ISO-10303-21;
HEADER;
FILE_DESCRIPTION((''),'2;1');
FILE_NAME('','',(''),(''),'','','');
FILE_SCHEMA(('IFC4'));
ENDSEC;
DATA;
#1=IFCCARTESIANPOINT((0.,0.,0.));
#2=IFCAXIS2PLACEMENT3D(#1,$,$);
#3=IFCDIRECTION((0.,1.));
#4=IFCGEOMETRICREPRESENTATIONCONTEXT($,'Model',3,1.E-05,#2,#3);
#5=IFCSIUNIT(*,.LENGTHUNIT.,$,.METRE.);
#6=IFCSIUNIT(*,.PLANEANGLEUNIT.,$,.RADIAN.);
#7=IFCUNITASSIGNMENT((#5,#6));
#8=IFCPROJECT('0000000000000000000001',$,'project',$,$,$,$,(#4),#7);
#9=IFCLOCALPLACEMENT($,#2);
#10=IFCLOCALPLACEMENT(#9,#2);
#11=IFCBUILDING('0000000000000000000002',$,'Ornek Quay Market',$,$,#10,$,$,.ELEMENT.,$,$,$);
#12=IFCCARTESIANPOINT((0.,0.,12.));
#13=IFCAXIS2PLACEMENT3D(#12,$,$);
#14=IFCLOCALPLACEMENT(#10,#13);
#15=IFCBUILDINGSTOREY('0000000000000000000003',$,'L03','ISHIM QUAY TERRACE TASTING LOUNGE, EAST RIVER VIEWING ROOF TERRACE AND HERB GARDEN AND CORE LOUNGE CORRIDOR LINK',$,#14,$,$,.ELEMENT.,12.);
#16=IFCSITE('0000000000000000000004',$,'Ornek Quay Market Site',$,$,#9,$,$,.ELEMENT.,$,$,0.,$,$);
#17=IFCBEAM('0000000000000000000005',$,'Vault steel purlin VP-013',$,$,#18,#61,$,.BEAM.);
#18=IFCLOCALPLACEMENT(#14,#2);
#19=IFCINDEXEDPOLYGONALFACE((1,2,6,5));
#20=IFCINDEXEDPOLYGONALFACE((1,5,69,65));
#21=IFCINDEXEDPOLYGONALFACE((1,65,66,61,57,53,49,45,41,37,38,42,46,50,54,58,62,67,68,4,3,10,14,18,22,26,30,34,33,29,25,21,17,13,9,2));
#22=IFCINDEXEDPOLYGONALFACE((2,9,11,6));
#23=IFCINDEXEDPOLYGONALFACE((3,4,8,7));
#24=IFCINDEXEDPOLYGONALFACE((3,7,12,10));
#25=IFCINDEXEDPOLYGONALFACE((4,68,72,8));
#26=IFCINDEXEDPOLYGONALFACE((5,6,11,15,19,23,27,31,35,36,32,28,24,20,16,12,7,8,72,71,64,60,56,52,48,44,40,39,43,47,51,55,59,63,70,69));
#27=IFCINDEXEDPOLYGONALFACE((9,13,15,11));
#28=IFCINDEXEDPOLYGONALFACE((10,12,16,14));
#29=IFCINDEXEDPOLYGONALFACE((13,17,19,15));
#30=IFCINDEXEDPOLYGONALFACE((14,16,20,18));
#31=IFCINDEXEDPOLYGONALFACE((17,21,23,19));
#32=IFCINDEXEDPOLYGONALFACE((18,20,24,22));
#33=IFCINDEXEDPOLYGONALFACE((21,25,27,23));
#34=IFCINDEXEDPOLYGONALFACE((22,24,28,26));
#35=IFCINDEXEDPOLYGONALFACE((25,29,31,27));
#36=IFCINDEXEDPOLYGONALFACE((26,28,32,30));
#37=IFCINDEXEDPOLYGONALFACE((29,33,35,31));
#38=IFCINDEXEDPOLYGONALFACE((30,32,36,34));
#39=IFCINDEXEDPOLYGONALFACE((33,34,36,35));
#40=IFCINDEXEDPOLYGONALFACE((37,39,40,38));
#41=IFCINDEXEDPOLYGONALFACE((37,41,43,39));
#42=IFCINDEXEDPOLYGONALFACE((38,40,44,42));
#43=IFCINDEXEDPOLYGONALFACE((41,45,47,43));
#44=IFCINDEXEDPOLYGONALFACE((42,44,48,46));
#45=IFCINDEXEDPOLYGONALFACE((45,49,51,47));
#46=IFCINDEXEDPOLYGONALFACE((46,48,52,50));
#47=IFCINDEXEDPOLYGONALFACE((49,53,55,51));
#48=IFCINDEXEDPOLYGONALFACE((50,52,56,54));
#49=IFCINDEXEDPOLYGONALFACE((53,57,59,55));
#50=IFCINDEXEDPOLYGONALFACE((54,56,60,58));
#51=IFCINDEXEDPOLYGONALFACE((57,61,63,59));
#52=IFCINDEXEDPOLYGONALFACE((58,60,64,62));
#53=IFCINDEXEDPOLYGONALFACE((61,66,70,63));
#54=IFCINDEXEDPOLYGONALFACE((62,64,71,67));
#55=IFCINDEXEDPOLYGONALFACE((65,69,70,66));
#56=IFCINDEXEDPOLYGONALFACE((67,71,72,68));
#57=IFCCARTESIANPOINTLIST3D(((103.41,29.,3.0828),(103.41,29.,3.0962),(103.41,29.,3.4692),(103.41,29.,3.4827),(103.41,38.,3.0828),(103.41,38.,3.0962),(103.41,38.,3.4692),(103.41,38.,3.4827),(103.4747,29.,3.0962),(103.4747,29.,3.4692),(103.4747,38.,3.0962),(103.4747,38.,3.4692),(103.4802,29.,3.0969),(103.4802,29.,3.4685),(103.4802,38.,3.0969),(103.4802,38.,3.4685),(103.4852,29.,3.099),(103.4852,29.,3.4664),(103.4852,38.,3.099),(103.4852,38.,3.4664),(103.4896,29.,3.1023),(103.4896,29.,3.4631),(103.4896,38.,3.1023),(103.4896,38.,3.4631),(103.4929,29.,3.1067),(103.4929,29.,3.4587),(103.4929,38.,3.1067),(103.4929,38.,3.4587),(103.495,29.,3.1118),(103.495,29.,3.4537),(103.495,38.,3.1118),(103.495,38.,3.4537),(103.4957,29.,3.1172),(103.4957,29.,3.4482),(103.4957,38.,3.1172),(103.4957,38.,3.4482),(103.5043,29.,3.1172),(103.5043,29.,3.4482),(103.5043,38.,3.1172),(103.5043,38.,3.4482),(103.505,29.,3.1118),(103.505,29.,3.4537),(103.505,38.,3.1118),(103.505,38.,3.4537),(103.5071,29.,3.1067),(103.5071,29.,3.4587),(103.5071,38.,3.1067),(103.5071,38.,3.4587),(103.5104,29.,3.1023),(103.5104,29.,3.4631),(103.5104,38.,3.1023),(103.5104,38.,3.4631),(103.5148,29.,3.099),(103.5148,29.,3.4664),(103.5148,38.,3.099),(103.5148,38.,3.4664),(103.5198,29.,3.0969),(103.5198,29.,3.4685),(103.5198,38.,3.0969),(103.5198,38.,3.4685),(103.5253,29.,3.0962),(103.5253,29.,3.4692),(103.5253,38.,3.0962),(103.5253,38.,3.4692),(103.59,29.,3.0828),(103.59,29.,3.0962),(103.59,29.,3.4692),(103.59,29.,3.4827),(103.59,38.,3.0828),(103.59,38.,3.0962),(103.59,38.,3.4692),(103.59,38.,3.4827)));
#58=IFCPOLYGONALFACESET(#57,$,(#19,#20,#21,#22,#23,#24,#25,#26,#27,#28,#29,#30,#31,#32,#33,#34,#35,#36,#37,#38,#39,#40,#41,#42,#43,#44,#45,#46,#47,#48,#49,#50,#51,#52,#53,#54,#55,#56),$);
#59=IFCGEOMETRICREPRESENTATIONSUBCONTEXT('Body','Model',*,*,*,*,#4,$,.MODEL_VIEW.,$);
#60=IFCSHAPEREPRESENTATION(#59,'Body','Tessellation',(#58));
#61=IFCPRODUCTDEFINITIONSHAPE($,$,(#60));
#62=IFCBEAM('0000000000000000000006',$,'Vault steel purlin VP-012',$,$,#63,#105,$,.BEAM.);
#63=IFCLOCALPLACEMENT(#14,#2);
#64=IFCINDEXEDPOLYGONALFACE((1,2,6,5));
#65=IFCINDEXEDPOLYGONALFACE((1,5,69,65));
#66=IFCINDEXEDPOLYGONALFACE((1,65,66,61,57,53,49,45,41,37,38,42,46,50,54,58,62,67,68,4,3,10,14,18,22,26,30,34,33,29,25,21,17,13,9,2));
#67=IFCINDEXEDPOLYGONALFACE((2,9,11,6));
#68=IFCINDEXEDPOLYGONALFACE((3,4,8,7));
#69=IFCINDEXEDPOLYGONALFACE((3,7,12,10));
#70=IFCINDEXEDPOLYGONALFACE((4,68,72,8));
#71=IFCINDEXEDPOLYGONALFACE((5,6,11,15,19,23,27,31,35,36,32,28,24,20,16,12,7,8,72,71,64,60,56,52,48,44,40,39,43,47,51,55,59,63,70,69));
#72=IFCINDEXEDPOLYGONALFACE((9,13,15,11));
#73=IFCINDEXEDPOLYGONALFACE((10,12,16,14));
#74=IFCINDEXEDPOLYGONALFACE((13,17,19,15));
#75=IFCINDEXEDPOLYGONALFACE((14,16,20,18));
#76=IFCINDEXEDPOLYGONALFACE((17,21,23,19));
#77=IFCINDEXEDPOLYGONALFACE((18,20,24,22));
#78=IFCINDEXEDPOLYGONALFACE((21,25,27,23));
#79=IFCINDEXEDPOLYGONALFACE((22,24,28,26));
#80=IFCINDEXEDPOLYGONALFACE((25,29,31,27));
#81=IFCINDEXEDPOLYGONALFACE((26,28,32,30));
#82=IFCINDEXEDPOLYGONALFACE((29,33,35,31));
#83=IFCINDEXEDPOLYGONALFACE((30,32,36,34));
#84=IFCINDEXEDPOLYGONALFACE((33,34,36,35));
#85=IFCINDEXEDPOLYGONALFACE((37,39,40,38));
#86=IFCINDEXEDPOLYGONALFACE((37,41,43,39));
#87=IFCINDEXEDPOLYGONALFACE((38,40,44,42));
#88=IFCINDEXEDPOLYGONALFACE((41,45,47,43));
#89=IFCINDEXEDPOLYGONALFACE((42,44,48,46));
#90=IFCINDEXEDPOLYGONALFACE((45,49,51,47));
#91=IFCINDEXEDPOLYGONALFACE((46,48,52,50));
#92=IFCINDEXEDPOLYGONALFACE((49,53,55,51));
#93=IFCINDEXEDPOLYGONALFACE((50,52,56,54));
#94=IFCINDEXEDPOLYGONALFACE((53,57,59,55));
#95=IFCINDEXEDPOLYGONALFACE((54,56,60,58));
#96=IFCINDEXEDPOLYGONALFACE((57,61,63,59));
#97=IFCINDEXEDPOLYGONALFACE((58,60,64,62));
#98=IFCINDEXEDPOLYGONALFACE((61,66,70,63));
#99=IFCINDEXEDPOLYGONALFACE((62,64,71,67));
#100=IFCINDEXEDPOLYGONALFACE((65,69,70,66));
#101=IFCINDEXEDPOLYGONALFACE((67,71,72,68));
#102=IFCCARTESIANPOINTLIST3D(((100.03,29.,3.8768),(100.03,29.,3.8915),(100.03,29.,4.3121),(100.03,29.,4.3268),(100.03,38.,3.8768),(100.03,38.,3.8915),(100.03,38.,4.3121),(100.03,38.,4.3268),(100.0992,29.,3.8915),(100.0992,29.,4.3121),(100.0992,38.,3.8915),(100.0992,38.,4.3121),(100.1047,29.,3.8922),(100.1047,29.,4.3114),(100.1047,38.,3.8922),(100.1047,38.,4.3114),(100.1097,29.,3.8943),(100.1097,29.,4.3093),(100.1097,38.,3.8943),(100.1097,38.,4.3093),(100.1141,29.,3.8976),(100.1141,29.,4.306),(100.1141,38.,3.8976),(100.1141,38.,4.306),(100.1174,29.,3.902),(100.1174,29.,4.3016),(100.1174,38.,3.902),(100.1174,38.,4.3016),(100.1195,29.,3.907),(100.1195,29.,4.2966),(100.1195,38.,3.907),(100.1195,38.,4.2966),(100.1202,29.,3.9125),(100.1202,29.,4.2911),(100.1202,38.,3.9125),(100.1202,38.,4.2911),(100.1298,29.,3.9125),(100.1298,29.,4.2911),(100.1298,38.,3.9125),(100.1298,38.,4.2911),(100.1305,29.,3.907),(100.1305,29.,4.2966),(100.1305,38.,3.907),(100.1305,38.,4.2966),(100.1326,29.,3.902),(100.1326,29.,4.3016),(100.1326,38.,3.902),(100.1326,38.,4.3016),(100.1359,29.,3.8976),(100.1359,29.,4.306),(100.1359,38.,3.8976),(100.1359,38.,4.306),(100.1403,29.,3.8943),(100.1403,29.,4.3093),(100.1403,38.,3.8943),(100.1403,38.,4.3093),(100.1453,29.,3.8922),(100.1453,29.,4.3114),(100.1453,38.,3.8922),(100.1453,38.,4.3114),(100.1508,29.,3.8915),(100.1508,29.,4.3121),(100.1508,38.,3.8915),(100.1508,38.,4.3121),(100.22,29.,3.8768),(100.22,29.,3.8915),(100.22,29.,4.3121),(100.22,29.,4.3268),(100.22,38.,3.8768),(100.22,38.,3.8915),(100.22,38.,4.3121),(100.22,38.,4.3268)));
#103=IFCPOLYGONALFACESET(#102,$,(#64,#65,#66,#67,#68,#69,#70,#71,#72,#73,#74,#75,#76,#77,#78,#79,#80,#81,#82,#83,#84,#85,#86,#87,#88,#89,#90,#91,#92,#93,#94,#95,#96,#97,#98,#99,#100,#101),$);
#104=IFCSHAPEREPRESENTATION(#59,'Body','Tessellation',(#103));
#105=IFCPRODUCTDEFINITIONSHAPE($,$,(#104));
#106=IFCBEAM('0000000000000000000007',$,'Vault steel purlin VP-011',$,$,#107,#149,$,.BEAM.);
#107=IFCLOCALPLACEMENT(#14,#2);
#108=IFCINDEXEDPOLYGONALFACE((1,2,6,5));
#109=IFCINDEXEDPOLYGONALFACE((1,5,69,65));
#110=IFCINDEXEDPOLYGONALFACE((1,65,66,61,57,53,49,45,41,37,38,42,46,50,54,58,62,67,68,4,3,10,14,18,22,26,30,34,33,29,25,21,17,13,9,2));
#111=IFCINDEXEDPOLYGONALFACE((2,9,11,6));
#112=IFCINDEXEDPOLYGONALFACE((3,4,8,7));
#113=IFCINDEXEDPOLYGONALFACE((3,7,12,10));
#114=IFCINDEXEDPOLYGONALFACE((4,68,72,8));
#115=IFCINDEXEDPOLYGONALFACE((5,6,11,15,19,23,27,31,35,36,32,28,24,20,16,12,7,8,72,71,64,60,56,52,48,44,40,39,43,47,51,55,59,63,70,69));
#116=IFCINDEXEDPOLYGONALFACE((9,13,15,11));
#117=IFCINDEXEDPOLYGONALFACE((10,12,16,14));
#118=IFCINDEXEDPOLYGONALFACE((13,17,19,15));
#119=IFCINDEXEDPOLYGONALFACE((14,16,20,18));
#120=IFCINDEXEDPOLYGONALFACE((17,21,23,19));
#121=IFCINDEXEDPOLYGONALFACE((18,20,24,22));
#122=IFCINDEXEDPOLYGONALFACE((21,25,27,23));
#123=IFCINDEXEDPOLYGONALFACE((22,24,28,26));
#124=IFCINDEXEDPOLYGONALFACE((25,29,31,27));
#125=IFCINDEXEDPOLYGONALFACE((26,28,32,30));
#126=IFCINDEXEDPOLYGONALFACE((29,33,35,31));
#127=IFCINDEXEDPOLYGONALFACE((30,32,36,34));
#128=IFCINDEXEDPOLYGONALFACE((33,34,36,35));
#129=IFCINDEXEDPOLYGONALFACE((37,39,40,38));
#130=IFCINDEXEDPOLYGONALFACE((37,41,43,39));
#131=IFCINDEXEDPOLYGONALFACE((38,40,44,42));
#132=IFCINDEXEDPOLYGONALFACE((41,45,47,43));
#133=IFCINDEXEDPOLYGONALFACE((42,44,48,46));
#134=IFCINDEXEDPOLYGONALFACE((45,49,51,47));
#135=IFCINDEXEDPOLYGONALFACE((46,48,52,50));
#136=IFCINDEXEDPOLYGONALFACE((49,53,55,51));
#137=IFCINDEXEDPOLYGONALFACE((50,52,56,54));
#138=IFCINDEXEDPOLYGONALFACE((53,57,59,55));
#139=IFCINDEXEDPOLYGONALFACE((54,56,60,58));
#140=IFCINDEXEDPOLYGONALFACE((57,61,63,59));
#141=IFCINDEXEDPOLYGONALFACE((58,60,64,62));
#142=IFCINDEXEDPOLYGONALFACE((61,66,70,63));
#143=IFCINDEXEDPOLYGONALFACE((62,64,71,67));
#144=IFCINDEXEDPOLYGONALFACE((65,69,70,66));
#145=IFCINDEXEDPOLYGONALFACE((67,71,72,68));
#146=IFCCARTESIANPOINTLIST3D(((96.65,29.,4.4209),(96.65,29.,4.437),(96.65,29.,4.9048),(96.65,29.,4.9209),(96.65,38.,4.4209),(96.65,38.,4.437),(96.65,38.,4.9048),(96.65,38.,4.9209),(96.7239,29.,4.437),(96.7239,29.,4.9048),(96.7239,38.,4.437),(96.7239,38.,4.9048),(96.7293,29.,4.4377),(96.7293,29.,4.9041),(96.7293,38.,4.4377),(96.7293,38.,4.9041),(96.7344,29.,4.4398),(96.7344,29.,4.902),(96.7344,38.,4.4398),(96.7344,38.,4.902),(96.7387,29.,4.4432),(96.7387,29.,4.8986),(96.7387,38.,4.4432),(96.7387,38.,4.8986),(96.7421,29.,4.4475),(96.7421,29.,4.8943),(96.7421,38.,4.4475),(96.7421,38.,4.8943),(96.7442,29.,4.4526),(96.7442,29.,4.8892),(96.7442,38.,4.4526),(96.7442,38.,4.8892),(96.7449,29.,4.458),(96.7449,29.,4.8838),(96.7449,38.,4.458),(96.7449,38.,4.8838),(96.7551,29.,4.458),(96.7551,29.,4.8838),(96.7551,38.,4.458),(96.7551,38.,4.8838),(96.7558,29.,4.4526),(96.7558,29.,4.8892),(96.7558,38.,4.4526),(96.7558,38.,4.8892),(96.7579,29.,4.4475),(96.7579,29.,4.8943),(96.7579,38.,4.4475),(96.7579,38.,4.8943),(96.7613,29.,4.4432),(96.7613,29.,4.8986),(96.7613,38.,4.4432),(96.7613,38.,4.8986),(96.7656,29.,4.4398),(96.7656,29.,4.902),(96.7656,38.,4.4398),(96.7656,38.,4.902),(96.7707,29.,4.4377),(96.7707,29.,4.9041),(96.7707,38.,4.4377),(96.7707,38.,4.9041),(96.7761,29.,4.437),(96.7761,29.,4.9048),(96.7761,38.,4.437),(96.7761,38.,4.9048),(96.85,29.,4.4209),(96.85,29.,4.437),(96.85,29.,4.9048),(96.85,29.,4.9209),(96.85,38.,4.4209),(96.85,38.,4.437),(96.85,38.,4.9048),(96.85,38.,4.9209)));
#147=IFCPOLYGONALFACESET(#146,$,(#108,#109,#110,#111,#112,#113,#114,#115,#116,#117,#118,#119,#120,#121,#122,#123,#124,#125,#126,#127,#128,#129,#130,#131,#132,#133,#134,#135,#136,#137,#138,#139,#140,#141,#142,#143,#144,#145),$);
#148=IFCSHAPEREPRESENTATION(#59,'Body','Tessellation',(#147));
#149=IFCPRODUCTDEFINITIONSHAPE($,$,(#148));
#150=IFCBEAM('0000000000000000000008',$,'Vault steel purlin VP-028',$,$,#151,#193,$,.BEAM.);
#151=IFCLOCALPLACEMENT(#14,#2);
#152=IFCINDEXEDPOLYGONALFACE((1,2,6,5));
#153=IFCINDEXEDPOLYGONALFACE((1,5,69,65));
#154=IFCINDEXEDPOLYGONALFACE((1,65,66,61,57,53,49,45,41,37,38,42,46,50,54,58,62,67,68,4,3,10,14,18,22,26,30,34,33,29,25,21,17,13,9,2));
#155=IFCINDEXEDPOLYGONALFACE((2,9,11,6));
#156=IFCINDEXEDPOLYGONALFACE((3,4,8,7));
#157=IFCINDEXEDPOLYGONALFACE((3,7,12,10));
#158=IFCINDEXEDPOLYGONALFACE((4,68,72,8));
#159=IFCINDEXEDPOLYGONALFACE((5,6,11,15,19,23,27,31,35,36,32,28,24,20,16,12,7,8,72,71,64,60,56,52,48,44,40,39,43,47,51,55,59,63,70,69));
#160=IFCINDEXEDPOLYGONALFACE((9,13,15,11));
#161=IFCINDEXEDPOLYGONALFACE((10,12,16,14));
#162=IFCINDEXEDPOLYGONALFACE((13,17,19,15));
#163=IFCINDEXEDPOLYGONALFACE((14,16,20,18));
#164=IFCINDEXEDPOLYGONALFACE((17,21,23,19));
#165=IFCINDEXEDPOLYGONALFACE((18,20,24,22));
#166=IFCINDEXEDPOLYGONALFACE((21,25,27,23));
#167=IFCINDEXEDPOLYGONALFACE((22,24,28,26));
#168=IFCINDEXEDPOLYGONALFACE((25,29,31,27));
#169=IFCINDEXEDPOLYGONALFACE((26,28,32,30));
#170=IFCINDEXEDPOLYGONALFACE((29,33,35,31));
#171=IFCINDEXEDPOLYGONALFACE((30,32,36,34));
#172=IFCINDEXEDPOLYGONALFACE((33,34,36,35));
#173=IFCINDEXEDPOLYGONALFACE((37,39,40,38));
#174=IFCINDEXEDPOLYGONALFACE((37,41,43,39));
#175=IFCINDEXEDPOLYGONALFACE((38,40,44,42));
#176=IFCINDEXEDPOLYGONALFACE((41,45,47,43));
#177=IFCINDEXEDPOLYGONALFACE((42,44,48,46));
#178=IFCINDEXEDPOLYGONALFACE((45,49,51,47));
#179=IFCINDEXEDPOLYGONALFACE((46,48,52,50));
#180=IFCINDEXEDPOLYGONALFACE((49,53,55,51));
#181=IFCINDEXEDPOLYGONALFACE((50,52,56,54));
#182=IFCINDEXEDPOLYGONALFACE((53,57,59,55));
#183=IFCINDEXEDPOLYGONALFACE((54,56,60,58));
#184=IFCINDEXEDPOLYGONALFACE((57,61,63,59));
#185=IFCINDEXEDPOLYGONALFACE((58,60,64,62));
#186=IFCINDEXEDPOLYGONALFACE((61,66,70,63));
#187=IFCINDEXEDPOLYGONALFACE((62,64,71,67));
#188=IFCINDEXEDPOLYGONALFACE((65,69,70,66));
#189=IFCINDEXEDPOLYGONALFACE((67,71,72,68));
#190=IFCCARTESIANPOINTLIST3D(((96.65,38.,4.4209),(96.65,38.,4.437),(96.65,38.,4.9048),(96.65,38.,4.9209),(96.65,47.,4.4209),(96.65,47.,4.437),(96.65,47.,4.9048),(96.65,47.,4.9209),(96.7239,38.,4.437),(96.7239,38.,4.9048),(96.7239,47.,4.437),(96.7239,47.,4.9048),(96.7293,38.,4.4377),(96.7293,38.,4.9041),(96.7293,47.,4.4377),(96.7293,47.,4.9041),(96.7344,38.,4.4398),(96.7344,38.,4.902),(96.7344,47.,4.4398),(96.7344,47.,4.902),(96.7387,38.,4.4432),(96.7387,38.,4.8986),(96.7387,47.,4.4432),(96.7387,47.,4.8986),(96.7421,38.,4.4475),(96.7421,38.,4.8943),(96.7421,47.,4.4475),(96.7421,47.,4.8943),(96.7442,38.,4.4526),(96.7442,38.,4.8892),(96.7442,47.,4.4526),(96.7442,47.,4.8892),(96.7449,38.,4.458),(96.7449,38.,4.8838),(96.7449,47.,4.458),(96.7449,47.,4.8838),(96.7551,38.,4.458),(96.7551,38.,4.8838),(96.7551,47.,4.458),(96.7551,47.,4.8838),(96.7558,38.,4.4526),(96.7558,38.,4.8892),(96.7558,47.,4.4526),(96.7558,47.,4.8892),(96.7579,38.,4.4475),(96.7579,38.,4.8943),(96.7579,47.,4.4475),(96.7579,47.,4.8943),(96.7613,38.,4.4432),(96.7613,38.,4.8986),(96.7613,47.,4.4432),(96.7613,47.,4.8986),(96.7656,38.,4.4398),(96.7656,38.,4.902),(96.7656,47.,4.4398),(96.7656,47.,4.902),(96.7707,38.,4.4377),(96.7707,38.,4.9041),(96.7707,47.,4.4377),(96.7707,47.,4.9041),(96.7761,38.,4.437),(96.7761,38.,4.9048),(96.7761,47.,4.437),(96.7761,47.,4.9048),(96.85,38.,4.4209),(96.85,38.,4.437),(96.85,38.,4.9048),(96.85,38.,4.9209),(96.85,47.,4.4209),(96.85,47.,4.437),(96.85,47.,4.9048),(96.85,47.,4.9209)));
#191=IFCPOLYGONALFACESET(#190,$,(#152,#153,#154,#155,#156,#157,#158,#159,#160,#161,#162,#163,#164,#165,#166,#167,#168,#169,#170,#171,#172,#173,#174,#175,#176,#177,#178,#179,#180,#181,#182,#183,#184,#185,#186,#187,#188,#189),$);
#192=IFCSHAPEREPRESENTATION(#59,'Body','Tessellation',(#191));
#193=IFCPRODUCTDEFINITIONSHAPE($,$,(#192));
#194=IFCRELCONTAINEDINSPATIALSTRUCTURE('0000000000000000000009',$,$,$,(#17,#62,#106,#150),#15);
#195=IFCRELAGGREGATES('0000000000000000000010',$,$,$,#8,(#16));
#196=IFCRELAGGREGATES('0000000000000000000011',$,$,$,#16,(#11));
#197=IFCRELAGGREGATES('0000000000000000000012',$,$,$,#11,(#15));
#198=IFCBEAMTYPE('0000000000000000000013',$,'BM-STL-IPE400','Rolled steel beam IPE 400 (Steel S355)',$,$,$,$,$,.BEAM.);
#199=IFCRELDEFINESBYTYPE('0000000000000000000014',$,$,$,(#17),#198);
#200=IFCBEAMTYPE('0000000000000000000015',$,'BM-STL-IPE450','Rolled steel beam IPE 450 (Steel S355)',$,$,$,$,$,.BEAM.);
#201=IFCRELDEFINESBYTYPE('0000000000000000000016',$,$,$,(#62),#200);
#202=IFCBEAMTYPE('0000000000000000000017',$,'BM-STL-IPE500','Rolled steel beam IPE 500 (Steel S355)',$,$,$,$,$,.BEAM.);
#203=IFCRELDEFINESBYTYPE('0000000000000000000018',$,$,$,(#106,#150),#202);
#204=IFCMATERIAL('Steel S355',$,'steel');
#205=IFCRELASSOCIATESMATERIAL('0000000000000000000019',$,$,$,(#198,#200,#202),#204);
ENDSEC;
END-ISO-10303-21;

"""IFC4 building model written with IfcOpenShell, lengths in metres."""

from ifc_helpers import new_model, si_unit, direction, frame, origin, origin_2d, place, context, subcontext, project, spatial, i_section, extrude, material, material_profile, profile_set, type_object, element, save


model = new_model("IFC4")

# Units and contexts
model_context = context("Model", 3, precision=1e-05, world=origin(), true_north=direction((0.0, 1.0)))
body_context = subcontext(model_context, "Body", "Model", "MODEL_VIEW")
ifc_project = project(units=[si_unit("LENGTHUNIT", "METRE"), si_unit("PLANEANGLEUNIT", "RADIAN")], contexts=[model_context])

# Site, building, storey
site_placement = place(None, origin())
site = spatial("IfcSite", under=ifc_project, at=site_placement, Name="Ornek Quay Market Site", CompositionType="ELEMENT", RefElevation=0.0)
building_placement = place(site_placement, origin())
building = spatial("IfcBuilding", under=site, at=building_placement, Name="Ornek Quay Market", CompositionType="ELEMENT")
storey_placement = place(building_placement, frame((0.0, 0.0, 12.0)))
storey = spatial("IfcBuildingStorey", under=building, at=storey_placement, Name="L03", Description="ISHIM QUAY TERRACE TASTING LOUNGE, EAST RIVER VIEWING ROOF TERRACE AND HERB GARDEN AND CORE LOUNGE CORRIDOR LINK", CompositionType="ELEMENT", Elevation=12.0)

# Beams
ifc_material_1 = material(Name="Steel S355", Category="steel")
ifc_material_profile_1 = material_profile(ifc_material_1, i_section(OverallWidth=0.1799, OverallDepth=0.3999, WebThickness=0.0085, FlangeThickness=0.0134, FilletRadius=0.021, at=origin_2d()), Name="IPE 400", Category="steel")
ifc_profile_set_1 = profile_set([ifc_material_profile_1], Name="Steel S355")
beam_type_1 = type_object("IfcBeamType", Name="BM-STL-IPE400", Description="Rolled steel beam IPE 400 (Steel S355)", PredefinedType="BEAM", material=ifc_profile_set_1)
beam_1_placement = place(storey_placement, frame((103.5, 29.0, 3.2827), z_axis=(0.0, 1.0, 0.0), x_axis=(-1.0, 0.0, 0.0)))
element("IfcBeam", 1, at=beam_1_placement, inside=storey, type_object=beam_type_1, Name="Vault steel purlin VP-013", PredefinedType="BEAM", context=body_context, shape_type="SweptSolid", body=[
    extrude(i_section(OverallWidth=0.1799, OverallDepth=0.3999, WebThickness=0.0085, FlangeThickness=0.0134, FilletRadius=0.021, at=origin_2d()), origin(), (0.0, 0.0, 1.0), 9.0),
])
ifc_material_profile_2 = material_profile(ifc_material_1, i_section(OverallWidth=0.1899, OverallDepth=0.45, WebThickness=0.0095, FlangeThickness=0.0146, FilletRadius=0.021, at=origin_2d()), Name="IPE 450", Category="steel")
ifc_profile_set_2 = profile_set([ifc_material_profile_2], Name="Steel S355")
beam_type_2 = type_object("IfcBeamType", Name="BM-STL-IPE450", Description="Rolled steel beam IPE 450 (Steel S355)", PredefinedType="BEAM", material=ifc_profile_set_2)
beam_2_placement = place(storey_placement, frame((100.125, 29.0, 4.1018), z_axis=(0.0, 1.0, 0.0), x_axis=(-1.0, 0.0, 0.0)))
element("IfcBeam", 2, at=beam_2_placement, inside=storey, type_object=beam_type_2, Name="Vault steel purlin VP-012", PredefinedType="BEAM", context=body_context, shape_type="SweptSolid", body=[
    extrude(i_section(OverallWidth=0.1899, OverallDepth=0.45, WebThickness=0.0095, FlangeThickness=0.0146, FilletRadius=0.021, at=origin_2d()), origin(), (0.0, 0.0, 1.0), 9.0),
])
ifc_material_profile_3 = material_profile(ifc_material_1, i_section(OverallWidth=0.2, OverallDepth=0.5, WebThickness=0.0103, FlangeThickness=0.0161, FilletRadius=0.021, at=origin_2d()), Name="IPE 500", Category="steel")
ifc_profile_set_3 = profile_set([ifc_material_profile_3], Name="Steel S355")
beam_type_3 = type_object("IfcBeamType", Name="BM-STL-IPE500", Description="Rolled steel beam IPE 500 (Steel S355)", PredefinedType="BEAM", material=ifc_profile_set_3)
for number, where, z_axis, x_axis, name in (
    (3, (96.75, 29.0, 4.6709), (0.0, 1.0, 0.0), (-1.0, 0.0, 0.0), "Vault steel purlin VP-011"),
    (4, (96.75, 38.0, 4.6709), (0.0, 1.0, 0.0), (-1.0, 0.0, 0.0), "Vault steel purlin VP-028"),
):
    element("IfcBeam", number, at=place(storey_placement, frame(where, z_axis=z_axis, x_axis=x_axis)), inside=storey, type_object=beam_type_3, Name=name, PredefinedType="BEAM", context=body_context, shape_type="SweptSolid", body=[
        extrude(i_section(OverallWidth=0.2, OverallDepth=0.5, WebThickness=0.0103, FlangeThickness=0.0161, FilletRadius=0.021, at=origin_2d()), origin(), (0.0, 0.0, 1.0), 9.0),
    ])

save(model, "model.ifc")
